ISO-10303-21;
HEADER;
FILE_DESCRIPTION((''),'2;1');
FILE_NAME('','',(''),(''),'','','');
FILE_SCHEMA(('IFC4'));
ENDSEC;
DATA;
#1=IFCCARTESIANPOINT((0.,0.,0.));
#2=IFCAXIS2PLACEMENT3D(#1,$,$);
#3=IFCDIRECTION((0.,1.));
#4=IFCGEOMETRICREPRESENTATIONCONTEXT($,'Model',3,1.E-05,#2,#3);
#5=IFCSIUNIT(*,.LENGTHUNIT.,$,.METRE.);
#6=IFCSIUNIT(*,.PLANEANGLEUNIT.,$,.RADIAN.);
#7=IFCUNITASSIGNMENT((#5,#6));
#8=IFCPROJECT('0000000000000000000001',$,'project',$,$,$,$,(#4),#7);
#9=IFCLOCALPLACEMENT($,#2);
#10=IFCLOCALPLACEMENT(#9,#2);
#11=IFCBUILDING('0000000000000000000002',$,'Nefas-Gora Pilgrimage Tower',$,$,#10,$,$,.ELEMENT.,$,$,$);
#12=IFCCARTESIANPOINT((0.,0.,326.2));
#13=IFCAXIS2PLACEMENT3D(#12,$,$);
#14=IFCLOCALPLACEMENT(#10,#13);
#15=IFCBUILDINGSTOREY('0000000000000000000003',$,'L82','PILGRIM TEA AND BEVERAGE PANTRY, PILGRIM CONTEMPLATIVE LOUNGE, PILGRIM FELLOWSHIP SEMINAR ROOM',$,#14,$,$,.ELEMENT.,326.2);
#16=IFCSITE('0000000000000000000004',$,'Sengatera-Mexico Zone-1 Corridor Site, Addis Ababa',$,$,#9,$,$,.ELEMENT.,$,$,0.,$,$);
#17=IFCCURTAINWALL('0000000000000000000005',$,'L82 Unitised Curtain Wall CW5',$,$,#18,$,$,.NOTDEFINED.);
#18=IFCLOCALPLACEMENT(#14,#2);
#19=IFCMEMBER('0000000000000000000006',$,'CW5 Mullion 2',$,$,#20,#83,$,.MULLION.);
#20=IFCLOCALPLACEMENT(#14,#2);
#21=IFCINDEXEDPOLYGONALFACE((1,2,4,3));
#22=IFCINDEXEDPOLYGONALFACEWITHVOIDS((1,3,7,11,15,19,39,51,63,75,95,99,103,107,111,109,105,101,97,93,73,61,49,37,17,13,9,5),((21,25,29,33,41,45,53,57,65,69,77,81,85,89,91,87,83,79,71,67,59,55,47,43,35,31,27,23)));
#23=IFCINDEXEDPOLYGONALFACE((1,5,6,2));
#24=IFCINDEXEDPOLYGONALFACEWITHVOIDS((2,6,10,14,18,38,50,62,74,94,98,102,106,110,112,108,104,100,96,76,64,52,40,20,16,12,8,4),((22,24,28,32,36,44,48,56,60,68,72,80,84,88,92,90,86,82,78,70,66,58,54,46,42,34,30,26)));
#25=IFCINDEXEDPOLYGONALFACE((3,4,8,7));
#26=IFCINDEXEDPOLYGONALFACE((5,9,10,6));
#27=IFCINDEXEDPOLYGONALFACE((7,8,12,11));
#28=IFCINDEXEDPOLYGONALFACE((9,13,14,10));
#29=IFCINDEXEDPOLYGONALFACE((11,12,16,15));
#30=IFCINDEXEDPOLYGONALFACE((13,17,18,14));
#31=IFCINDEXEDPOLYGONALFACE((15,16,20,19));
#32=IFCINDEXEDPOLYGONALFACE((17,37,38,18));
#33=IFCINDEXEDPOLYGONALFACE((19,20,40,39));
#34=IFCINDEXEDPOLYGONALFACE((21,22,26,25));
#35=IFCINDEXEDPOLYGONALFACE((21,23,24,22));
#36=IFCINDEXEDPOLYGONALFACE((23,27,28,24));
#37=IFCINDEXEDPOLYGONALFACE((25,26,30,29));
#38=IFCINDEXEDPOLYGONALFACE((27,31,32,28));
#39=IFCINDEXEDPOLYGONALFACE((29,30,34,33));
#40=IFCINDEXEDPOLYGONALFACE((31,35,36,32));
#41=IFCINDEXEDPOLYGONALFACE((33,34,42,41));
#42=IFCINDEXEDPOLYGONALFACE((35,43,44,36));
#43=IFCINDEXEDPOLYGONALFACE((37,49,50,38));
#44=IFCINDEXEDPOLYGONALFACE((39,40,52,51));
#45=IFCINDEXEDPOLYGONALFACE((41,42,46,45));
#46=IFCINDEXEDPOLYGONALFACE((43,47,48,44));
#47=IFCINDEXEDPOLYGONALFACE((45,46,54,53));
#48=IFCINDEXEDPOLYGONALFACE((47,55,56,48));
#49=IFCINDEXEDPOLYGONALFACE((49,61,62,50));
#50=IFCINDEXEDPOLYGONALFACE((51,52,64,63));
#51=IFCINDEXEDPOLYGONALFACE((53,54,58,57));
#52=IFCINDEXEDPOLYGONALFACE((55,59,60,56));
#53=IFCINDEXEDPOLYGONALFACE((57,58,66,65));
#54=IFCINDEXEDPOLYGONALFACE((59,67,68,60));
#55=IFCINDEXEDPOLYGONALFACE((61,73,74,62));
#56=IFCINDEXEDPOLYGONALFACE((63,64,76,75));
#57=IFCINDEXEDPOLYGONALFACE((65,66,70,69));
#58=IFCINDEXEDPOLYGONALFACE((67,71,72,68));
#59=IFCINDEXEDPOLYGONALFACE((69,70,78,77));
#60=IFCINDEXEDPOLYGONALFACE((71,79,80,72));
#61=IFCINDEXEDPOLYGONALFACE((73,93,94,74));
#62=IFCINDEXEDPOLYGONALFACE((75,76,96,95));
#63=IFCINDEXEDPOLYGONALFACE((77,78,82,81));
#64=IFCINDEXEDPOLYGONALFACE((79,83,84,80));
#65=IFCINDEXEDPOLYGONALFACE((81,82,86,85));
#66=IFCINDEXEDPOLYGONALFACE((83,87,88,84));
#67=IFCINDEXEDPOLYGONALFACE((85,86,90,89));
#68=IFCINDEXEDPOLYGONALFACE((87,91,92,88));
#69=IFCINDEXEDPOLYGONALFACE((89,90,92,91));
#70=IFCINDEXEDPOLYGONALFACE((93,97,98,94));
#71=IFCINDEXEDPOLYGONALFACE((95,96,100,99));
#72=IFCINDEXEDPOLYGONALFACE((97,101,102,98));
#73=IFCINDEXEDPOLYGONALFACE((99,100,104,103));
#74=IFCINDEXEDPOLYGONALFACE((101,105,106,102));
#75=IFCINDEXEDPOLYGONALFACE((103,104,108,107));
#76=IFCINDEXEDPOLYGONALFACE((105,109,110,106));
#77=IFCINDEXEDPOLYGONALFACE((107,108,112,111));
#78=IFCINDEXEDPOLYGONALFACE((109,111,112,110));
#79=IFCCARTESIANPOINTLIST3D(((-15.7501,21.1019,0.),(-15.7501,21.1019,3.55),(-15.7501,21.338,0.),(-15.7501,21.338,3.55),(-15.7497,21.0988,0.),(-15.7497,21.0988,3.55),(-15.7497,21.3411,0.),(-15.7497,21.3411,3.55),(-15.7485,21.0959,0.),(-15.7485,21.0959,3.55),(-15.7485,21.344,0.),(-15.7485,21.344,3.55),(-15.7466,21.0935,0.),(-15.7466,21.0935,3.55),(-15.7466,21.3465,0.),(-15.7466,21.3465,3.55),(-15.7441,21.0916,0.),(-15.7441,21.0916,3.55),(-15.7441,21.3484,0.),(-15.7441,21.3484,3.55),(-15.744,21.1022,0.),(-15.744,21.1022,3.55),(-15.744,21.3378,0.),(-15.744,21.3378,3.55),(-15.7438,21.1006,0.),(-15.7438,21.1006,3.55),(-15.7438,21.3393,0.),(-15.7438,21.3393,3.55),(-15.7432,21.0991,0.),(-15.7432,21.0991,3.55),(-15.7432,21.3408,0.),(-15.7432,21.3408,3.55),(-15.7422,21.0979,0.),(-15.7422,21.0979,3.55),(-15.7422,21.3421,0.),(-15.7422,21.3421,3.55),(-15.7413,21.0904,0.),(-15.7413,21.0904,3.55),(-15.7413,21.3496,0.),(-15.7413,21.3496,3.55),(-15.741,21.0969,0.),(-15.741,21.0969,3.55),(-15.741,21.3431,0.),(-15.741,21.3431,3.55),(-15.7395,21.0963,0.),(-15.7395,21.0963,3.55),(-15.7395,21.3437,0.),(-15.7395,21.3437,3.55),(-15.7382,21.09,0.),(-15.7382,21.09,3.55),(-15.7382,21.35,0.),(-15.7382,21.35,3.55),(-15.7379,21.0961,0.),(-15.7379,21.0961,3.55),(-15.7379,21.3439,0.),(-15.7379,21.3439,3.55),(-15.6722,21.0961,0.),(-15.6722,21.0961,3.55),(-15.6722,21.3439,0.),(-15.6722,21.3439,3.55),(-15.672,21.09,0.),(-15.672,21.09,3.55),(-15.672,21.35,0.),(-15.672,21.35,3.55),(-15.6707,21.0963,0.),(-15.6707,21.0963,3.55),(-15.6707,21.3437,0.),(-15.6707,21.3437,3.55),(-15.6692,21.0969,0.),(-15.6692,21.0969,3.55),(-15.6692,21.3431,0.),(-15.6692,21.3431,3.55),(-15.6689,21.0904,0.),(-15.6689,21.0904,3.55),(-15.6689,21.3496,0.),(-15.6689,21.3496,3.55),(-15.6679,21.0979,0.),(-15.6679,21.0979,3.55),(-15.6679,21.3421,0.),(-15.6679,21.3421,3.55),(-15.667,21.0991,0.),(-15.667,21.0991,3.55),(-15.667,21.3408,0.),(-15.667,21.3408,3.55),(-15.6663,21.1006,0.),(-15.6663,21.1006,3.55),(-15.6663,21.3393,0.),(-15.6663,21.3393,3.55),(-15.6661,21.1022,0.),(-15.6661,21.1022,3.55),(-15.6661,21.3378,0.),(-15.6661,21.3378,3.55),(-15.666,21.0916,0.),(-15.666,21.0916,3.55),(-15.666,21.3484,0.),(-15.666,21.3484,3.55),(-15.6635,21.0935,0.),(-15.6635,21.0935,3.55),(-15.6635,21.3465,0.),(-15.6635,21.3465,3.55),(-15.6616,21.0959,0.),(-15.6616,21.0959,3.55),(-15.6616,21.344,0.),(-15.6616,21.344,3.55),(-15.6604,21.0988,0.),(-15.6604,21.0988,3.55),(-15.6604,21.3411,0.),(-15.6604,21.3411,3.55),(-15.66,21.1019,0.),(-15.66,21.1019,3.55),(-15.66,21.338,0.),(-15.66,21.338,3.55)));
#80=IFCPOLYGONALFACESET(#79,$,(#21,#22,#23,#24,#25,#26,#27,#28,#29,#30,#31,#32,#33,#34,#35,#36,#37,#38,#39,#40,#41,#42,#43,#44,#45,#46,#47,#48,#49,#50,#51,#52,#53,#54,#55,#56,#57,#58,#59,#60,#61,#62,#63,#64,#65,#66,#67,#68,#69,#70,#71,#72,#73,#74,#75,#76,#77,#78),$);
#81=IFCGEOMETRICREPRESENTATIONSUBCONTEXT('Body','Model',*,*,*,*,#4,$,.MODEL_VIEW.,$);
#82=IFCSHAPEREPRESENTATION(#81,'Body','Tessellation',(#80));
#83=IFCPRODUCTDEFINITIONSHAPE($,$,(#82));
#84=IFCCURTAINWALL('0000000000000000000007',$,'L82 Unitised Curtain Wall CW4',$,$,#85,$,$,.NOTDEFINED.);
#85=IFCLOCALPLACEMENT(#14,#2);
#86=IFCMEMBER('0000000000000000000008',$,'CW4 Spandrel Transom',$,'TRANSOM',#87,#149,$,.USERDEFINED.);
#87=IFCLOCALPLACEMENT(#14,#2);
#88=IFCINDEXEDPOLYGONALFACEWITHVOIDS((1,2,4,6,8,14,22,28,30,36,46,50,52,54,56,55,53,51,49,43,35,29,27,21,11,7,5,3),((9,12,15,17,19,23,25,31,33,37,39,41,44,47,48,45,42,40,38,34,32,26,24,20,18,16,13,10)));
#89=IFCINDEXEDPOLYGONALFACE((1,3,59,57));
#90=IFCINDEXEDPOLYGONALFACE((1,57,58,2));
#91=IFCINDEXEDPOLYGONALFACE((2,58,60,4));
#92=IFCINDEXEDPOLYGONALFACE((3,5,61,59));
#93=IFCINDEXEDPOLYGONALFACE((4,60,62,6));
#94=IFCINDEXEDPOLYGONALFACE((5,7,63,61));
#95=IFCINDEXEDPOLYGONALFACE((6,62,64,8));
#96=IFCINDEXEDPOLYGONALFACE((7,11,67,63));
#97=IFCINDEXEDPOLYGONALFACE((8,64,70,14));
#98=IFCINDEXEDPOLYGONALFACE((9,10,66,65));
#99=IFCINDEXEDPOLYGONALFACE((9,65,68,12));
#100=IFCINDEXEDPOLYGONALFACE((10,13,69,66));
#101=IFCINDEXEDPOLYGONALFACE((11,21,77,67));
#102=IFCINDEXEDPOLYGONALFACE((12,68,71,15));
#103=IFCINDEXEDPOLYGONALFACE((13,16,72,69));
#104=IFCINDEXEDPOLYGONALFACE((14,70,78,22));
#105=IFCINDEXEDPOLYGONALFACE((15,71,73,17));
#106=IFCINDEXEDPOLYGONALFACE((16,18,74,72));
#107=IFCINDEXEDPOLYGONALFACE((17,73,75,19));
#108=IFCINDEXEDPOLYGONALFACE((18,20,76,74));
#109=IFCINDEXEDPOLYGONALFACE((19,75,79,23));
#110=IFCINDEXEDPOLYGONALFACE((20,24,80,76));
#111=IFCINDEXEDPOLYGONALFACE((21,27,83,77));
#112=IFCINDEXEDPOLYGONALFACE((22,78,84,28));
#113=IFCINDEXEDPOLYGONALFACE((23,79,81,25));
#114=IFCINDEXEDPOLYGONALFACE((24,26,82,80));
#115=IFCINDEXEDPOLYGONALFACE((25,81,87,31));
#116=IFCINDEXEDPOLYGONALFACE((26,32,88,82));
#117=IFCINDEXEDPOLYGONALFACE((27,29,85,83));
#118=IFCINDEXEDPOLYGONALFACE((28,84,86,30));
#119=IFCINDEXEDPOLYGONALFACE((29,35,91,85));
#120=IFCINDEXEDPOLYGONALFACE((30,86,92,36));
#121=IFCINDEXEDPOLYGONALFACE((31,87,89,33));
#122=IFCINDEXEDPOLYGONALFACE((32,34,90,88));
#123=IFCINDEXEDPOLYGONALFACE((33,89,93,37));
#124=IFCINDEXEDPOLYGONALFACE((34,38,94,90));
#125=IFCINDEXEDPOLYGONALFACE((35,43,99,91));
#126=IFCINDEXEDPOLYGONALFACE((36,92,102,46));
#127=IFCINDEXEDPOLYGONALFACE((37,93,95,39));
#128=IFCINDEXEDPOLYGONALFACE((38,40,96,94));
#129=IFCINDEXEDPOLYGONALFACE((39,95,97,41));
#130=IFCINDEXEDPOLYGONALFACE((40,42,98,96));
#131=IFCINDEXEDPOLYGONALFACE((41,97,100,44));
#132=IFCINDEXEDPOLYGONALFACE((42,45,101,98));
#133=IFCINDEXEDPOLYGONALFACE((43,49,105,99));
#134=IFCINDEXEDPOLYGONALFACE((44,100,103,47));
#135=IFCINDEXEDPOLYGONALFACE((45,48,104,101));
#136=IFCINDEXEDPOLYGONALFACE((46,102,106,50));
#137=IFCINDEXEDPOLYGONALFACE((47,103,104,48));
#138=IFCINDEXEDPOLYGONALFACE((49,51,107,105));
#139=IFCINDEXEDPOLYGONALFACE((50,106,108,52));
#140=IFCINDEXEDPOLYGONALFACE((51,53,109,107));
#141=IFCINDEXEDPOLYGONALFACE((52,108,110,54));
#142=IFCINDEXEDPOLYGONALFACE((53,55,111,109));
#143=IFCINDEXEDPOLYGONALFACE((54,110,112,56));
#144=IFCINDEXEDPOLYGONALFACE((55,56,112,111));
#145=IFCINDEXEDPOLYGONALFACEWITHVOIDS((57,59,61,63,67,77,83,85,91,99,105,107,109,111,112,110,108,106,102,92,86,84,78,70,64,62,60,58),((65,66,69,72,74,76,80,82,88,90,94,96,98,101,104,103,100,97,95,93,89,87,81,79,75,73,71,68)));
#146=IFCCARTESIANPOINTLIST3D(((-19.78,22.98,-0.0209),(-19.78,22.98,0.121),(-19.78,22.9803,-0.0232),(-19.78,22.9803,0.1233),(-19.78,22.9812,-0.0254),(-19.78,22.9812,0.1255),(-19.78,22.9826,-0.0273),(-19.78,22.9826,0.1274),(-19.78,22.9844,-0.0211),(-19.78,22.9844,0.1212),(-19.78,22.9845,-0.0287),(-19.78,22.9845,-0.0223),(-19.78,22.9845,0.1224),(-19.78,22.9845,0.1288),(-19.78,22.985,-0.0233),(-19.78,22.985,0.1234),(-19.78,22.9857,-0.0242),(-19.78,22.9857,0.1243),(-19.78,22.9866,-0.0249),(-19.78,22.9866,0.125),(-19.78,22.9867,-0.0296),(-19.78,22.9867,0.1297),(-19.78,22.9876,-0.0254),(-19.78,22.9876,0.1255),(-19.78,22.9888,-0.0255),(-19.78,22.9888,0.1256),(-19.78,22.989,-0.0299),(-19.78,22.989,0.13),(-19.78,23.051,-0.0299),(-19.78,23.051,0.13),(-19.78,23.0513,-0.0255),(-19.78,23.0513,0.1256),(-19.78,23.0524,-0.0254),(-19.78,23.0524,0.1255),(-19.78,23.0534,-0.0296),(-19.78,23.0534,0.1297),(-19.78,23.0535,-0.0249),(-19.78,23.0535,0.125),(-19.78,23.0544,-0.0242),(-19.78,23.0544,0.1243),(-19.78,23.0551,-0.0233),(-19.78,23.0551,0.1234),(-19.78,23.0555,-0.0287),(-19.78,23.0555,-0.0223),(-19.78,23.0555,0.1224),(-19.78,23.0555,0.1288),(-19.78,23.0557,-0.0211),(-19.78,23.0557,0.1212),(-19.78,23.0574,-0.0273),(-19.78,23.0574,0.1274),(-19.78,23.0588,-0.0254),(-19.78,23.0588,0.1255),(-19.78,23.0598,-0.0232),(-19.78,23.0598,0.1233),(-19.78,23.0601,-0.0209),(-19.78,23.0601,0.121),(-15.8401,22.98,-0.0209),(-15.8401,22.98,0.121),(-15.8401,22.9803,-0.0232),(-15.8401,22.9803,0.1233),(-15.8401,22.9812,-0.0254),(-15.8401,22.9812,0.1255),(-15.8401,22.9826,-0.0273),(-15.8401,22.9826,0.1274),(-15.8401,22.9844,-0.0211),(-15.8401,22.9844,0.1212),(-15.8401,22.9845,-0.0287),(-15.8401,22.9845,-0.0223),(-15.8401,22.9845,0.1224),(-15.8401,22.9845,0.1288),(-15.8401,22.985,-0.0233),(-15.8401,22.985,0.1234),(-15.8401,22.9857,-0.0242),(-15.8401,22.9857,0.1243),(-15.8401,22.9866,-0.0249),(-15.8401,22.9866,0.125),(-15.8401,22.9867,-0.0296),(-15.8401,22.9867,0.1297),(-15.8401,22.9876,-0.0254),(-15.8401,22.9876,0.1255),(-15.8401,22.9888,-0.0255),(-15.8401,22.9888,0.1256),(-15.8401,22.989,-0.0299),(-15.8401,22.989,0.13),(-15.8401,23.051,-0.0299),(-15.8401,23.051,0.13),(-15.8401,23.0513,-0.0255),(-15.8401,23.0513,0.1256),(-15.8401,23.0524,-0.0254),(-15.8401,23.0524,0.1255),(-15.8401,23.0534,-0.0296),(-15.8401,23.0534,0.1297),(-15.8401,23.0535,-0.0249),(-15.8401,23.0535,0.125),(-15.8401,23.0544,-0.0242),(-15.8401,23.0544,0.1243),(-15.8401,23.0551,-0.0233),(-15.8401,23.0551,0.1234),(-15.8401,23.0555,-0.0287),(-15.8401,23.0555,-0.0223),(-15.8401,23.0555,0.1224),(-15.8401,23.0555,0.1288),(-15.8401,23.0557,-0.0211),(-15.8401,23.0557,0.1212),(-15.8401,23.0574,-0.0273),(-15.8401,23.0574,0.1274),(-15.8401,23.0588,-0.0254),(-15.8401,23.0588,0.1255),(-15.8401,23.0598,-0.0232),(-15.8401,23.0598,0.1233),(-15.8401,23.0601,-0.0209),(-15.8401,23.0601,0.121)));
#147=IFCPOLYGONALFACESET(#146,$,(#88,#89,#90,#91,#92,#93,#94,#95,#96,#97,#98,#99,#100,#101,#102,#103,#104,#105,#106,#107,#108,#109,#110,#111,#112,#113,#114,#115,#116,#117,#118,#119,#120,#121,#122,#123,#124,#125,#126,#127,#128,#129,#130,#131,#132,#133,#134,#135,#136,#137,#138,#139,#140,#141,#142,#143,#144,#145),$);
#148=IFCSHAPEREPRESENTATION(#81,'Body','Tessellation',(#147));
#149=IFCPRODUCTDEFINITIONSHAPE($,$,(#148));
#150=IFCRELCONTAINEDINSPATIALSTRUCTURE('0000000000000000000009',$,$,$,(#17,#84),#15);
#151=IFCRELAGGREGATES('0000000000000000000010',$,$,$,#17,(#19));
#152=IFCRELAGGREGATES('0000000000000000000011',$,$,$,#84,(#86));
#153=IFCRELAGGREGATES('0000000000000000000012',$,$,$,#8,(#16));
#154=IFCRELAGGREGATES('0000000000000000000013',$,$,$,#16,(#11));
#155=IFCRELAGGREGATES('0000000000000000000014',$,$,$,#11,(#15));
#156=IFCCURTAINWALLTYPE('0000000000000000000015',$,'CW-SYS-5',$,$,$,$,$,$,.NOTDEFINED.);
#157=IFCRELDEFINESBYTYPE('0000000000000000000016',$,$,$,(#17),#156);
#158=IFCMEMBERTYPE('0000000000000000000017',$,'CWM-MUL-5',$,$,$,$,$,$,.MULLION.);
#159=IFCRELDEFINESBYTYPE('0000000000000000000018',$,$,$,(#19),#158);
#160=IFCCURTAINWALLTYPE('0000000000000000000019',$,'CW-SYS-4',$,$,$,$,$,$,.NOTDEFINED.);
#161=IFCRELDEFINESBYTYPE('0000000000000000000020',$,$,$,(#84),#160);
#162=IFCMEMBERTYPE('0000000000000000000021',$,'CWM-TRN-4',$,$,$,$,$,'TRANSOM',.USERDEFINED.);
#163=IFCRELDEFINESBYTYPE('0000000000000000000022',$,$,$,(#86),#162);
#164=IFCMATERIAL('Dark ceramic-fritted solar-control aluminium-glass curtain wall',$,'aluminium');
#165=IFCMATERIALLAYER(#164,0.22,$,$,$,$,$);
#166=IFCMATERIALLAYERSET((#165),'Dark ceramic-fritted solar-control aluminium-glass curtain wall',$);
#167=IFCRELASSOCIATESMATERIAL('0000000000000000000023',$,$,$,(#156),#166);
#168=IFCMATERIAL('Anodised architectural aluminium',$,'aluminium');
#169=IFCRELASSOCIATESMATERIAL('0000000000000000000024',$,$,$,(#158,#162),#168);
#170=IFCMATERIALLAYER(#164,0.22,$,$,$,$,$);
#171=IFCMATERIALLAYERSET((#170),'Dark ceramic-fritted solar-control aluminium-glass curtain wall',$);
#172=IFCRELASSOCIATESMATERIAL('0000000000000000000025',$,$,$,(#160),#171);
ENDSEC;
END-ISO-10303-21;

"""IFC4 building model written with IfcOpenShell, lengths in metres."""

from ifc_helpers import new_model, si_unit, direction, frame, origin, origin_2d, place, context, subcontext, project, spatial, hollow_rectangle, extrude, source, transform, mapped, material, layer, layer_set, material_profile, profile_set, type_object, element, aggregate, save


model = new_model("IFC4")

# Units and contexts
model_context = context("Model", 3, precision=1e-05, world=origin(), true_north=direction((0.0, 1.0)))
body_context = subcontext(model_context, "Body", "Model", "MODEL_VIEW")
ifc_project = project(units=[si_unit("LENGTHUNIT", "METRE"), si_unit("PLANEANGLEUNIT", "RADIAN")], contexts=[model_context])

# Site, building, storey
site_placement = place(None, origin())
site = spatial("IfcSite", under=ifc_project, at=site_placement, Name="Sengatera-Mexico Zone-1 Corridor Site, Addis Ababa", CompositionType="ELEMENT", RefElevation=0.0)
building_placement = place(site_placement, origin())
building = spatial("IfcBuilding", under=site, at=building_placement, Name="Nefas-Gora Pilgrimage Tower", CompositionType="ELEMENT")
storey_placement = place(building_placement, frame((0.0, 0.0, 326.2)))
storey = spatial("IfcBuildingStorey", under=building, at=storey_placement, Name="L82", Description="PILGRIM TEA AND BEVERAGE PANTRY, PILGRIM CONTEMPLATIVE LOUNGE, PILGRIM FELLOWSHIP SEMINAR ROOM", CompositionType="ELEMENT", Elevation=326.2)

# Curtain wall, member
ifc_material_1 = material(Name="Dark ceramic-fritted solar-control aluminium-glass curtain wall", Category="aluminium")
ifc_layer_1 = layer(ifc_material_1, 0.22)
ifc_layer_set_1 = layer_set([ifc_layer_1], Name="Dark ceramic-fritted solar-control aluminium-glass curtain wall")
curtain_wall_type_1 = type_object("IfcCurtainWallType", Name="CW-SYS-5", PredefinedType="NOTDEFINED", material=ifc_layer_set_1)
curtain_wall_1_placement = place(storey_placement, origin())
curtain_wall_1 = element("IfcCurtainWall", 1, at=curtain_wall_1_placement, inside=storey, type_object=curtain_wall_type_1, Name="L82 Unitised Curtain Wall CW5", PredefinedType="NOTDEFINED")
ifc_material_2 = material(Name="Anodised architectural aluminium", Category="aluminium")
ifc_material_profile_1 = material_profile(ifc_material_2, hollow_rectangle(XDim=0.0901, YDim=0.26, WallThickness=0.0061, InnerFilletRadius=0.0061, OuterFilletRadius=0.012, at=origin_2d()), Name="ALU MULLION 90x260")
ifc_profile_set_1 = profile_set([ifc_material_profile_1], Name="Anodised architectural aluminium")
member_type_1 = type_object("IfcMemberType", Name="CWM-MUL-5", PredefinedType="MULLION", material=ifc_profile_set_1)
shared_shape_1 = source(origin(), body_context, "Body", "SweptSolid", [
    extrude(hollow_rectangle(XDim=0.0901, YDim=0.26, WallThickness=0.0061, InnerFilletRadius=0.0061, OuterFilletRadius=0.012, at=origin_2d()), origin(), (0.0, 0.0, 1.0), 3.55),
])
member_1_placement = place(storey_placement, frame((-15.7051, 21.22, 0.0), z_axis=(0.0, 0.0, 1.0), x_axis=(-1.0, 0.0, 0.0)))
member_1 = element("IfcMember", 2, at=member_1_placement, type_object=member_type_1, Name="CW5 Mullion 2", PredefinedType="MULLION", context=body_context, shape_type="MappedRepresentation", body=[
    mapped(shared_shape_1, transform((0.0, 0.0, 0.0), x_axis=(1.0, 0.0, 0.0), y_axis=(0.0, 1.0, 0.0), z_axis=(0.0, 0.0, 1.0), scale=1.0)),
])

# Curtain wall, member
ifc_layer_2 = layer(ifc_material_1, 0.22)
ifc_layer_set_2 = layer_set([ifc_layer_2], Name="Dark ceramic-fritted solar-control aluminium-glass curtain wall")
curtain_wall_type_2 = type_object("IfcCurtainWallType", Name="CW-SYS-4", PredefinedType="NOTDEFINED", material=ifc_layer_set_2)
curtain_wall_2_placement = place(storey_placement, origin())
curtain_wall_2 = element("IfcCurtainWall", 3, at=curtain_wall_2_placement, inside=storey, type_object=curtain_wall_type_2, Name="L82 Unitised Curtain Wall CW4", PredefinedType="NOTDEFINED")
ifc_material_profile_2 = material_profile(ifc_material_2, hollow_rectangle(XDim=0.0801, YDim=0.1599, WallThickness=0.0044, InnerFilletRadius=0.0044, OuterFilletRadius=0.009, at=origin_2d()), Name="ALU TRANSOM 80x160")
ifc_profile_set_2 = profile_set([ifc_material_profile_2], Name="Anodised architectural aluminium")
member_type_2 = type_object("IfcMemberType", Name="CWM-TRN-4", ElementType="TRANSOM", PredefinedType="USERDEFINED", material=ifc_profile_set_2)
shared_shape_2 = source(origin(), body_context, "Body", "SweptSolid", [
    extrude(hollow_rectangle(XDim=0.0801, YDim=0.1599, WallThickness=0.0044, InnerFilletRadius=0.0044, OuterFilletRadius=0.009, at=origin_2d()), origin(), (0.0, 0.0, 1.0), 3.9399),
])
member_2_placement = place(storey_placement, frame((-15.8401, 23.02, 0.05), z_axis=(-1.0, 0.0, 0.0), x_axis=(0.0, -1.0, 0.0)))
member_2 = element("IfcMember", 4, at=member_2_placement, type_object=member_type_2, Name="CW4 Spandrel Transom", ObjectType="TRANSOM", PredefinedType="USERDEFINED", context=body_context, shape_type="MappedRepresentation", body=[
    mapped(shared_shape_2, transform((0.0, 0.0, 0.0), x_axis=(1.0, 0.0, 0.0), y_axis=(0.0, 1.0, 0.0), z_axis=(0.0, 0.0, 1.0), scale=1.0)),
])

aggregate(curtain_wall_1, [member_1])
aggregate(curtain_wall_2, [member_2])

save(model, "model.ifc")
